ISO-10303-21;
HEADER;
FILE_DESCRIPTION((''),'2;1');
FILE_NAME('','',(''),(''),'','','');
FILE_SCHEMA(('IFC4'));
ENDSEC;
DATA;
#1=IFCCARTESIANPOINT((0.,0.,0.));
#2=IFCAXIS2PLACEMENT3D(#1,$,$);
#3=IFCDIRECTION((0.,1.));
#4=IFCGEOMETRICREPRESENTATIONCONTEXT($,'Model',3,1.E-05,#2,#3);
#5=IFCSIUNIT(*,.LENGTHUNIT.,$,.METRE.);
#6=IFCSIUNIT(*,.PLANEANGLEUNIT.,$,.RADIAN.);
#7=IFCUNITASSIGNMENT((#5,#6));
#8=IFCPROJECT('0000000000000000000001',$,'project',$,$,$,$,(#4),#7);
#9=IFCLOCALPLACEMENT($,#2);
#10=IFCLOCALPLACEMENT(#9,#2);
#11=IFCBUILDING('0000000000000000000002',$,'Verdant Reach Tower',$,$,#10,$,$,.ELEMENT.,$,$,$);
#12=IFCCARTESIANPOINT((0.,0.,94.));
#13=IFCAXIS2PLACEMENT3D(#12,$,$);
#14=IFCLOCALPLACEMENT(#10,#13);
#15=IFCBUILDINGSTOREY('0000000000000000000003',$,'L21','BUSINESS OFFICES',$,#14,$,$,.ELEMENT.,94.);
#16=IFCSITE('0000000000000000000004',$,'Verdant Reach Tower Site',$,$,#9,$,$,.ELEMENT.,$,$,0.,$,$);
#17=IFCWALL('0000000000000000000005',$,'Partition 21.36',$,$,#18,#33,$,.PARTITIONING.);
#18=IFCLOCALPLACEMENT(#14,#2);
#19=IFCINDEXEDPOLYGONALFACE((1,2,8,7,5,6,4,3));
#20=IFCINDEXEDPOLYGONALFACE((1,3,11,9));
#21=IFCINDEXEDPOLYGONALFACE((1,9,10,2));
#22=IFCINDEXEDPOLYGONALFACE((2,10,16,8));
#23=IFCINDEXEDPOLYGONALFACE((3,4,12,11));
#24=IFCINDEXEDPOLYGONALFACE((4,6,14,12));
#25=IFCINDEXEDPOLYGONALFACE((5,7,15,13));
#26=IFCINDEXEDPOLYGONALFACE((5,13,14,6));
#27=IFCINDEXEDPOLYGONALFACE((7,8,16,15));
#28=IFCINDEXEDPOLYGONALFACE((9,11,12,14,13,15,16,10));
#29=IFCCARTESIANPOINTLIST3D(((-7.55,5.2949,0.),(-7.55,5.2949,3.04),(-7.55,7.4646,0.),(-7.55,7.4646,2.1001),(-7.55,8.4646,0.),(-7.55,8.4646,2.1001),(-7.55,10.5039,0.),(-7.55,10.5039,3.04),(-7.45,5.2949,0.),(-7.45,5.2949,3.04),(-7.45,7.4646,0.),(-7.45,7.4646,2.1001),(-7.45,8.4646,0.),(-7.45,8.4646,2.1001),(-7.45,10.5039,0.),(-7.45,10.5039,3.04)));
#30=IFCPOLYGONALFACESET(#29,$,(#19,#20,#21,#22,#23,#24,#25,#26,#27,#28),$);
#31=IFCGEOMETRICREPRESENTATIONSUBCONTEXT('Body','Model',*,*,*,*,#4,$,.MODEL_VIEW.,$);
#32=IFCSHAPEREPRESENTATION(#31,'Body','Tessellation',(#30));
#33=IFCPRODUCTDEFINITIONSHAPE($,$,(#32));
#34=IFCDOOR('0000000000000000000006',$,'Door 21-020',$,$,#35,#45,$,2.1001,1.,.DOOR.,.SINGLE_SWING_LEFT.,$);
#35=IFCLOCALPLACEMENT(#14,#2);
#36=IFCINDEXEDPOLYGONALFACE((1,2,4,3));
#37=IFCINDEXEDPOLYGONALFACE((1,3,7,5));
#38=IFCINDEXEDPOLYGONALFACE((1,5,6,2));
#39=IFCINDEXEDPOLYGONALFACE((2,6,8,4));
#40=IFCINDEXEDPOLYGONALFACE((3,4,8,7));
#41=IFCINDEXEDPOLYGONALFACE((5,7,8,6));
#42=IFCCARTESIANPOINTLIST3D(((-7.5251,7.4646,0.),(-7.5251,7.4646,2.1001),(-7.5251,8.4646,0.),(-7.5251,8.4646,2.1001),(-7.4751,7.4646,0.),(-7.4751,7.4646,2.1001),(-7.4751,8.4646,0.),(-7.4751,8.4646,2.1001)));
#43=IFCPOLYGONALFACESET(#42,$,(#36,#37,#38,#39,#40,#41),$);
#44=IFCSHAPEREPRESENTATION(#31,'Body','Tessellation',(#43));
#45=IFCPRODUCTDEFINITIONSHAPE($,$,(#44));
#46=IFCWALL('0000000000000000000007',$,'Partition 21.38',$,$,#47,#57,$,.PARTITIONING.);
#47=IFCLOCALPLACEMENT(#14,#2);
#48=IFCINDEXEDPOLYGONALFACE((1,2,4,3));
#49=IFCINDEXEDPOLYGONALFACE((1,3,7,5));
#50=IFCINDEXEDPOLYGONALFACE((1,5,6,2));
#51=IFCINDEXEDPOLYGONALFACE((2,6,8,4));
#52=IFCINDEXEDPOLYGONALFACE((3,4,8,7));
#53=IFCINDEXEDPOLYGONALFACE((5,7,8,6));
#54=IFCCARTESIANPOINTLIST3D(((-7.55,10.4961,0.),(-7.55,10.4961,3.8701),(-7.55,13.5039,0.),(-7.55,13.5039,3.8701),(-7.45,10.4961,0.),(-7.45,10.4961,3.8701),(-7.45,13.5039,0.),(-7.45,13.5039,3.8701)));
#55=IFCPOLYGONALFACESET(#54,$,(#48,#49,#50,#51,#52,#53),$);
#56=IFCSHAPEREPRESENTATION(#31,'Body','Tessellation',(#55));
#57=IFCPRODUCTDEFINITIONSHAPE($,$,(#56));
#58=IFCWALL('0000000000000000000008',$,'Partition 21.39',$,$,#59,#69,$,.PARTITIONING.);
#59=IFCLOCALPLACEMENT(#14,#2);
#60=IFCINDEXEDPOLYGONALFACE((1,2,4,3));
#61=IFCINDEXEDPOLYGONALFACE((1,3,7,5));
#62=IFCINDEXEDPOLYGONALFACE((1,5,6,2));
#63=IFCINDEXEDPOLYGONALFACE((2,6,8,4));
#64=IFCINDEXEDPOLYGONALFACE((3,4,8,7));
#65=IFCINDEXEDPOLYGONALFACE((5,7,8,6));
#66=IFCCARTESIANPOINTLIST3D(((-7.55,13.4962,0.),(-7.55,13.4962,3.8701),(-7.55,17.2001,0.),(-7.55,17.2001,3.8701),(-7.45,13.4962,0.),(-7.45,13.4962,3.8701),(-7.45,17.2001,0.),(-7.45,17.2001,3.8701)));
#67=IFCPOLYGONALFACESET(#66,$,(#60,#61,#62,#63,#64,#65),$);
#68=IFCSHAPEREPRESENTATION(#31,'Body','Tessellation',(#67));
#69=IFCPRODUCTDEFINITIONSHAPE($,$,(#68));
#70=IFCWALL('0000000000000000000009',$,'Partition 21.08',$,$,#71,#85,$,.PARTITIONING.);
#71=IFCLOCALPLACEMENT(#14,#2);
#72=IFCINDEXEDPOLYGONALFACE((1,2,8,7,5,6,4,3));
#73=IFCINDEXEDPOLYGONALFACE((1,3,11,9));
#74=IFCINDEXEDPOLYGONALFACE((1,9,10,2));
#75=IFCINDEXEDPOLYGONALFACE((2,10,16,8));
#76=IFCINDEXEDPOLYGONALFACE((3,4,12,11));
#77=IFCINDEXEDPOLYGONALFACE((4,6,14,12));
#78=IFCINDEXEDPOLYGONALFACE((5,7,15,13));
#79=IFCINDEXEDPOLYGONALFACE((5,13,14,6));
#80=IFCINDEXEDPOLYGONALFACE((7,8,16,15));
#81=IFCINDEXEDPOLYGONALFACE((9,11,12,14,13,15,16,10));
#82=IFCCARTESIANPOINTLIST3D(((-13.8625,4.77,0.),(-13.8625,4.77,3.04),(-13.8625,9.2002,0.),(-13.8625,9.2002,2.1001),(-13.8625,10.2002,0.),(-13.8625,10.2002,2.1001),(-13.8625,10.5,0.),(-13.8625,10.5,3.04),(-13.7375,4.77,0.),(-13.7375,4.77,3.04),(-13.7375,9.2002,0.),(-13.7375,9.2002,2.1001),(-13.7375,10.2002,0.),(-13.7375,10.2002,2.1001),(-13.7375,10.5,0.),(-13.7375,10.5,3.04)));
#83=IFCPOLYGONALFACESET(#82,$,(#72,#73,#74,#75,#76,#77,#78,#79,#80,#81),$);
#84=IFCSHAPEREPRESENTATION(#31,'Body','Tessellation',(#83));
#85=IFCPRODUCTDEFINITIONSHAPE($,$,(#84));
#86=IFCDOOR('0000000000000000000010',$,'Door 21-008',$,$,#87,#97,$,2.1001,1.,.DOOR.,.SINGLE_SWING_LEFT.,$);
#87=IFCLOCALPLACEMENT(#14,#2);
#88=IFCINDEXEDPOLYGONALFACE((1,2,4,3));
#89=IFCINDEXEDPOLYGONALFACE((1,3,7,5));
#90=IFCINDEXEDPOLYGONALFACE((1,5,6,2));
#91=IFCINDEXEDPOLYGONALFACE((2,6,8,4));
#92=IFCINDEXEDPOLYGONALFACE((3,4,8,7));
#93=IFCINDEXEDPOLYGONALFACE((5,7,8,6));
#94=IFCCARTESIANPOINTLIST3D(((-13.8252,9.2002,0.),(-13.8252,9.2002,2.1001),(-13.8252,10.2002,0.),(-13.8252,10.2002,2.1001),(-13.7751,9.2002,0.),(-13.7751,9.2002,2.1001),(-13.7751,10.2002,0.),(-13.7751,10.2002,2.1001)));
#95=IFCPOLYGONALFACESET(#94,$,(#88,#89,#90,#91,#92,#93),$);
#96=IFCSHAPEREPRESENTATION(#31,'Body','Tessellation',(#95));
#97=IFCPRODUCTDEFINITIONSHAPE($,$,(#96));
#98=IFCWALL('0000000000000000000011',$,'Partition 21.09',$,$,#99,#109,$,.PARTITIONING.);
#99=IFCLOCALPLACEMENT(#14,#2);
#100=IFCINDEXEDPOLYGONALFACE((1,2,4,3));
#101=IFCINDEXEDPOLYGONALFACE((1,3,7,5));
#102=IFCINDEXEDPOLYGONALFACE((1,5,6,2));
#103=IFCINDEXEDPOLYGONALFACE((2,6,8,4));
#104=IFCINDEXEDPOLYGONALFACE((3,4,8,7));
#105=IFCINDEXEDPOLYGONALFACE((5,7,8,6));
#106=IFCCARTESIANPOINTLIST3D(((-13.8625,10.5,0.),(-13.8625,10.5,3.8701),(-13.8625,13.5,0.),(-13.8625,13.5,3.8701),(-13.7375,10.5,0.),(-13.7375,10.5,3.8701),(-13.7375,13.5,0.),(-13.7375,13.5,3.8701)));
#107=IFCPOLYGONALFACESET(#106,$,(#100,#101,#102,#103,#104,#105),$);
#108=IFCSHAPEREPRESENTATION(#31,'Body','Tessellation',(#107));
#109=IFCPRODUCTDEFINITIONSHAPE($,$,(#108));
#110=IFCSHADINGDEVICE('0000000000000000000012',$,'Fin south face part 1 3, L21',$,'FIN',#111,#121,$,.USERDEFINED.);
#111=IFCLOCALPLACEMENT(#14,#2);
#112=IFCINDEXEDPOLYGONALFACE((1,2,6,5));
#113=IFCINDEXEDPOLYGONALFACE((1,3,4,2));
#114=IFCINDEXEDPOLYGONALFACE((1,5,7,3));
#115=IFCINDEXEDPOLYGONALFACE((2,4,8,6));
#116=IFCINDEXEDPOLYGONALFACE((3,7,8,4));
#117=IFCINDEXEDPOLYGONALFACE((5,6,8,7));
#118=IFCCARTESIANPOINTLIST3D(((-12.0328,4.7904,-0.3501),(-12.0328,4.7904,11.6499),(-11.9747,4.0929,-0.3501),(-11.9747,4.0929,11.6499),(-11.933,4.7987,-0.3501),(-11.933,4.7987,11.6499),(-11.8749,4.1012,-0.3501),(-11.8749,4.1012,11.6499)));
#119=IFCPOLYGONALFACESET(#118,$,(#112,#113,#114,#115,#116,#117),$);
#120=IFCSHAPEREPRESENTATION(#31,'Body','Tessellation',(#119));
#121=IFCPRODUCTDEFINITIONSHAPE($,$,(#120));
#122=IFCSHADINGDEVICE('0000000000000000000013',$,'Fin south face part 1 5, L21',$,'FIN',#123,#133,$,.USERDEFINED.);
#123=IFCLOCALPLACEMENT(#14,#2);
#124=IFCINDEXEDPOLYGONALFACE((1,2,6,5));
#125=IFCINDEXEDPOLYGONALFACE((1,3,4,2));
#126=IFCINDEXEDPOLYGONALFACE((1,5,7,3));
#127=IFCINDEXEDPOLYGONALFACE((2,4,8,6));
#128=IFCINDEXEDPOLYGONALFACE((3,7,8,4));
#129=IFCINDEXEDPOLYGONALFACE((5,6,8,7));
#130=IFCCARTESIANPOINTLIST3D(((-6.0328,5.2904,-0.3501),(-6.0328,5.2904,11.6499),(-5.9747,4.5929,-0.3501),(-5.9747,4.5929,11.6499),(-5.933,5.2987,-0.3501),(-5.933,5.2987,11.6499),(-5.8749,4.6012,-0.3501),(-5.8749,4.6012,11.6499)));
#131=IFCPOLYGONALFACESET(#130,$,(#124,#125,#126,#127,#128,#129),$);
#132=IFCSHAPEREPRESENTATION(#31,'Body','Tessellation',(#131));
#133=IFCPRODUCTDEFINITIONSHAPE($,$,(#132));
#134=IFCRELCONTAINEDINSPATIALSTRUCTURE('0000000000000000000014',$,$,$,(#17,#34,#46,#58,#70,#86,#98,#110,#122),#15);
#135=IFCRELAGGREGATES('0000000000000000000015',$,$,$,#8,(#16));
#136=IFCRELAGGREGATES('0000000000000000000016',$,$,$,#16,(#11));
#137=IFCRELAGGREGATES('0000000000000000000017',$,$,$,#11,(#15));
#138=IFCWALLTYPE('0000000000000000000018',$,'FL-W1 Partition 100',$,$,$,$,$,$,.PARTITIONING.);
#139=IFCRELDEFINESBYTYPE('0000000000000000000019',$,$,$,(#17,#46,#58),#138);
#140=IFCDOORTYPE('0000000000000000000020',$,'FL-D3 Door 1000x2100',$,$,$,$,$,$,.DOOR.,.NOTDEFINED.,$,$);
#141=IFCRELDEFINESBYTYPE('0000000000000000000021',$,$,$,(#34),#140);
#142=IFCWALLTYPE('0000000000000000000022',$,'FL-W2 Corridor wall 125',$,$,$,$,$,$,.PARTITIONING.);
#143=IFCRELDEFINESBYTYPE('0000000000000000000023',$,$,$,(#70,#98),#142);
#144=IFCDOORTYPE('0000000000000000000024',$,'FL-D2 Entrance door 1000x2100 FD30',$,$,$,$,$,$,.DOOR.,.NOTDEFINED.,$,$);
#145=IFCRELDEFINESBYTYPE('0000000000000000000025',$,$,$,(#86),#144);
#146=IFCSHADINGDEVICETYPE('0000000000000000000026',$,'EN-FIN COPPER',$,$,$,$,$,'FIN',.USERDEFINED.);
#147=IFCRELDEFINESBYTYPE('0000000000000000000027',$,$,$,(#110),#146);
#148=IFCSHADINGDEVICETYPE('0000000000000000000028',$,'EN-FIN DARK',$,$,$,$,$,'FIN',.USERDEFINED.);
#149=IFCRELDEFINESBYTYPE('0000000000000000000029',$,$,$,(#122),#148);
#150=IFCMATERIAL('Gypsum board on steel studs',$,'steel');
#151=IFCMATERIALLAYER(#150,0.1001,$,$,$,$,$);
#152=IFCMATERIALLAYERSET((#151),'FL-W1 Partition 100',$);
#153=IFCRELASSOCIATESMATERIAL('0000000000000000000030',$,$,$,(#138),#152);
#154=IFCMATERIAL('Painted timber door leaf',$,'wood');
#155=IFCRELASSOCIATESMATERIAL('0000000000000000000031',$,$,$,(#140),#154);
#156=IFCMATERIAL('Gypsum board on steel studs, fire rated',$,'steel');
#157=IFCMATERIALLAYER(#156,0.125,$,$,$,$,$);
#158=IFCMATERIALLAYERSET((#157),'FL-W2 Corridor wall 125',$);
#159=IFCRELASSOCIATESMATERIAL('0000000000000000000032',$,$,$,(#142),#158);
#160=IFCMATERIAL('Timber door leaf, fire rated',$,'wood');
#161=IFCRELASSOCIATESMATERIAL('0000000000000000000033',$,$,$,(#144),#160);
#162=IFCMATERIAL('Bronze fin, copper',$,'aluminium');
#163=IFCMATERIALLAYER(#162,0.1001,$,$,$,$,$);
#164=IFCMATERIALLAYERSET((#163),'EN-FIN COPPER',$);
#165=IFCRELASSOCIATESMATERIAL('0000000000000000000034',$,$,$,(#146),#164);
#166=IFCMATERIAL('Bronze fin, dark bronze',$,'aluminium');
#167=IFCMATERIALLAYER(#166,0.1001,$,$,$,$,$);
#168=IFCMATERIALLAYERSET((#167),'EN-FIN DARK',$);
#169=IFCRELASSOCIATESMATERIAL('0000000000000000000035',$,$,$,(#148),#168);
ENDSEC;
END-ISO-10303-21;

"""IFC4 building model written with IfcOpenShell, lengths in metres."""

from ifc_helpers import new_model, si_unit, direction, frame, frame_2d, origin, origin_2d, place, context, subcontext, project, spatial, rectangle, extrude, material, layer, layer_set, type_object, element, fill, save


model = new_model("IFC4")

# Units and contexts
model_context = context("Model", 3, precision=1e-05, world=origin(), true_north=direction((0.0, 1.0)))
body_context = subcontext(model_context, "Body", "Model", "MODEL_VIEW")
ifc_project = project(units=[si_unit("LENGTHUNIT", "METRE"), si_unit("PLANEANGLEUNIT", "RADIAN")], contexts=[model_context])

# Site, building, storey
site_placement = place(None, origin())
site = spatial("IfcSite", under=ifc_project, at=site_placement, Name="Verdant Reach Tower Site", CompositionType="ELEMENT", RefElevation=0.0)
building_placement = place(site_placement, origin())
building = spatial("IfcBuilding", under=site, at=building_placement, Name="Verdant Reach Tower", CompositionType="ELEMENT")
storey_placement = place(building_placement, frame((0.0, 0.0, 94.0)))
storey = spatial("IfcBuildingStorey", under=building, at=storey_placement, Name="L21", Description="BUSINESS OFFICES", CompositionType="ELEMENT", Elevation=94.0)

# Wall, opening, door
ifc_material_1 = material(Name="Gypsum board on steel studs", Category="steel")
ifc_layer_1 = layer(ifc_material_1, 0.1001)
ifc_layer_set_1 = layer_set([ifc_layer_1], Name="FL-W1 Partition 100")
wall_type_1 = type_object("IfcWallType", Name="FL-W1 Partition 100", PredefinedType="PARTITIONING", material=ifc_layer_set_1)
ifc_material_2 = material(Name="Painted timber door leaf", Category="wood")
door_type_1 = type_object("IfcDoorType", Name="FL-D3 Door 1000x2100", OperationType="NOTDEFINED", PredefinedType="DOOR", material=ifc_material_2)
wall_1_placement = place(storey_placement, frame((-7.5, 10.5039, 0.0), z_axis=(0.0, 0.0, 1.0), x_axis=(0.0, -1.0, 0.0)))
wall_1 = element("IfcWall", 1, at=wall_1_placement, inside=storey, type_object=wall_type_1, Name="Partition 21.36", PredefinedType="PARTITIONING", context=body_context, shape_type="SweptSolid", body=[
    extrude(rectangle(XDim=5.209, YDim=0.1001, at=frame_2d((2.6045, 0.0))), origin(), (0.0, 0.0, 1.0), 3.04),
])
opening_1_placement = place(wall_1_placement, frame((2.0393, 0.0, 0.0)))
opening_1 = element("IfcOpeningElement", 2, at=opening_1_placement, cuts=wall_1, PredefinedType="OPENING", context=body_context, shape_type="SweptSolid", body=[
    extrude(rectangle(XDim=1.0, YDim=2.1001, at=frame_2d((0.5, 1.05))), frame((0.0, 0.0601, 0.0), z_axis=(0.0, -1.0, 0.0), x_axis=(1.0, 0.0, 0.0)), (0.0, 0.0, 1.0), 0.1201),
])
door_1_placement = place(opening_1_placement, origin())
door_1 = element("IfcDoor", 3, at=door_1_placement, inside=storey, type_object=door_type_1, Name="Door 21-020", OperationType="SINGLE_SWING_LEFT", OverallHeight=2.1001, OverallWidth=1.0, PredefinedType="DOOR", context=body_context, shape_type="SweptSolid", body=[
    extrude(rectangle(XDim=1.0, YDim=2.1001, at=frame_2d((0.5, 1.05))), frame((0.0, 0.0249, 0.0), z_axis=(0.0, -1.0, 0.0), x_axis=(1.0, 0.0, 0.0)), (0.0, 0.0, 1.0), 0.05),
])
fill(opening_1, door_1)

# Walls
wall_2_placement = place(storey_placement, frame((-7.5, 10.4961, 0.0), z_axis=(0.0, 0.0, 1.0), x_axis=(0.0, 1.0, 0.0)))
element("IfcWall", 4, at=wall_2_placement, inside=storey, type_object=wall_type_1, Name="Partition 21.38", PredefinedType="PARTITIONING", context=body_context, shape_type="SweptSolid", body=[
    extrude(rectangle(XDim=3.0078, YDim=0.1001, at=frame_2d((1.5039, 0.0))), origin(), (0.0, 0.0, 1.0), 3.8701),
])
wall_3_placement = place(storey_placement, frame((-7.5, 13.4961, 0.0), z_axis=(0.0, 0.0, 1.0), x_axis=(0.0, 1.0, 0.0)))
element("IfcWall", 5, at=wall_3_placement, inside=storey, type_object=wall_type_1, Name="Partition 21.39", PredefinedType="PARTITIONING", context=body_context, shape_type="SweptSolid", body=[
    extrude(rectangle(XDim=3.7039, YDim=0.1001, at=frame_2d((1.8521, 0.0))), origin(), (0.0, 0.0, 1.0), 3.8701),
])

# Wall, opening, door
ifc_material_3 = material(Name="Gypsum board on steel studs, fire rated", Category="steel")
ifc_layer_2 = layer(ifc_material_3, 0.125)
ifc_layer_set_2 = layer_set([ifc_layer_2], Name="FL-W2 Corridor wall 125")
wall_type_2 = type_object("IfcWallType", Name="FL-W2 Corridor wall 125", PredefinedType="PARTITIONING", material=ifc_layer_set_2)
wall_4_placement = place(storey_placement, frame((-13.8, 10.5, 0.0), z_axis=(0.0, 0.0, 1.0), x_axis=(0.0, -1.0, 0.0)))
wall_4 = element("IfcWall", 6, at=wall_4_placement, inside=storey, type_object=wall_type_2, Name="Partition 21.08", PredefinedType="PARTITIONING", context=body_context, shape_type="SweptSolid", body=[
    extrude(rectangle(XDim=5.73, YDim=0.125, at=frame_2d((2.865, 0.0))), origin(), (0.0, 0.0, 1.0), 3.04),
])
opening_2_placement = place(wall_4_placement, frame((0.2998, 0.0, 0.0)))
opening_2 = element("IfcOpeningElement", 7, at=opening_2_placement, cuts=wall_4, PredefinedType="OPENING", context=body_context, shape_type="SweptSolid", body=[
    extrude(rectangle(XDim=1.0, YDim=2.1001, at=frame_2d((0.5, 1.05))), frame((0.0, 0.0725, 0.0), z_axis=(0.0, -1.0, 0.0), x_axis=(1.0, 0.0, 0.0)), (0.0, 0.0, 1.0), 0.145),
])
ifc_material_4 = material(Name="Timber door leaf, fire rated", Category="wood")
door_type_2 = type_object("IfcDoorType", Name="FL-D2 Entrance door 1000x2100 FD30", OperationType="NOTDEFINED", PredefinedType="DOOR", material=ifc_material_4)
door_2_placement = place(opening_2_placement, origin())
door_2 = element("IfcDoor", 8, at=door_2_placement, inside=storey, type_object=door_type_2, Name="Door 21-008", OperationType="SINGLE_SWING_LEFT", OverallHeight=2.1001, OverallWidth=1.0, PredefinedType="DOOR", context=body_context, shape_type="SweptSolid", body=[
    extrude(rectangle(XDim=1.0, YDim=2.1001, at=frame_2d((0.5, 1.05))), frame((0.0, 0.0249, 0.0), z_axis=(0.0, -1.0, 0.0), x_axis=(1.0, 0.0, 0.0)), (0.0, 0.0, 1.0), 0.05),
])
fill(opening_2, door_2)

# Wall
wall_5_placement = place(storey_placement, frame((-13.8, 10.5, 0.0), z_axis=(0.0, 0.0, 1.0), x_axis=(0.0, 1.0, 0.0)))
element("IfcWall", 9, at=wall_5_placement, inside=storey, type_object=wall_type_2, Name="Partition 21.09", PredefinedType="PARTITIONING", context=body_context, shape_type="SweptSolid", body=[
    extrude(rectangle(XDim=3.0, YDim=0.125, at=frame_2d((1.5, 0.0))), origin(), (0.0, 0.0, 1.0), 3.8701),
])

# Shading devices
ifc_material_5 = material(Name="Bronze fin, copper", Category="aluminium")
ifc_layer_3 = layer(ifc_material_5, 0.1001)
ifc_layer_set_3 = layer_set([ifc_layer_3], Name="EN-FIN COPPER")
shading_device_type_1 = type_object("IfcShadingDeviceType", Name="EN-FIN COPPER", ElementType="FIN", PredefinedType="USERDEFINED", material=ifc_layer_set_3)
shading_device_1_placement = place(storey_placement, frame((-11.9539, 4.4458, -0.3501), z_axis=(0.0, 0.0, 1.0), x_axis=(0.996546, 0.083045, 0.0)))
element("IfcShadingDevice", 10, at=shading_device_1_placement, inside=storey, type_object=shading_device_type_1, Name="Fin south face part 1 3, L21", ObjectType="FIN", PredefinedType="USERDEFINED", context=body_context, shape_type="SweptSolid", body=[
    extrude(rectangle(XDim=0.1001, YDim=0.7, at=origin_2d()), origin(), (0.0, 0.0, 1.0), 12.0),
])
ifc_material_6 = material(Name="Bronze fin, dark bronze", Category="aluminium")
ifc_layer_4 = layer(ifc_material_6, 0.1001)
ifc_layer_set_4 = layer_set([ifc_layer_4], Name="EN-FIN DARK")
shading_device_type_2 = type_object("IfcShadingDeviceType", Name="EN-FIN DARK", ElementType="FIN", PredefinedType="USERDEFINED", material=ifc_layer_set_4)
shading_device_2_placement = place(storey_placement, frame((-5.9539, 4.9458, -0.3501), z_axis=(0.0, 0.0, 1.0), x_axis=(0.996546, 0.083045, 0.0)))
element("IfcShadingDevice", 11, at=shading_device_2_placement, inside=storey, type_object=shading_device_type_2, Name="Fin south face part 1 5, L21", ObjectType="FIN", PredefinedType="USERDEFINED", context=body_context, shape_type="SweptSolid", body=[
    extrude(rectangle(XDim=0.1001, YDim=0.7, at=origin_2d()), origin(), (0.0, 0.0, 1.0), 12.0),
])

save(model, "model.ifc")
